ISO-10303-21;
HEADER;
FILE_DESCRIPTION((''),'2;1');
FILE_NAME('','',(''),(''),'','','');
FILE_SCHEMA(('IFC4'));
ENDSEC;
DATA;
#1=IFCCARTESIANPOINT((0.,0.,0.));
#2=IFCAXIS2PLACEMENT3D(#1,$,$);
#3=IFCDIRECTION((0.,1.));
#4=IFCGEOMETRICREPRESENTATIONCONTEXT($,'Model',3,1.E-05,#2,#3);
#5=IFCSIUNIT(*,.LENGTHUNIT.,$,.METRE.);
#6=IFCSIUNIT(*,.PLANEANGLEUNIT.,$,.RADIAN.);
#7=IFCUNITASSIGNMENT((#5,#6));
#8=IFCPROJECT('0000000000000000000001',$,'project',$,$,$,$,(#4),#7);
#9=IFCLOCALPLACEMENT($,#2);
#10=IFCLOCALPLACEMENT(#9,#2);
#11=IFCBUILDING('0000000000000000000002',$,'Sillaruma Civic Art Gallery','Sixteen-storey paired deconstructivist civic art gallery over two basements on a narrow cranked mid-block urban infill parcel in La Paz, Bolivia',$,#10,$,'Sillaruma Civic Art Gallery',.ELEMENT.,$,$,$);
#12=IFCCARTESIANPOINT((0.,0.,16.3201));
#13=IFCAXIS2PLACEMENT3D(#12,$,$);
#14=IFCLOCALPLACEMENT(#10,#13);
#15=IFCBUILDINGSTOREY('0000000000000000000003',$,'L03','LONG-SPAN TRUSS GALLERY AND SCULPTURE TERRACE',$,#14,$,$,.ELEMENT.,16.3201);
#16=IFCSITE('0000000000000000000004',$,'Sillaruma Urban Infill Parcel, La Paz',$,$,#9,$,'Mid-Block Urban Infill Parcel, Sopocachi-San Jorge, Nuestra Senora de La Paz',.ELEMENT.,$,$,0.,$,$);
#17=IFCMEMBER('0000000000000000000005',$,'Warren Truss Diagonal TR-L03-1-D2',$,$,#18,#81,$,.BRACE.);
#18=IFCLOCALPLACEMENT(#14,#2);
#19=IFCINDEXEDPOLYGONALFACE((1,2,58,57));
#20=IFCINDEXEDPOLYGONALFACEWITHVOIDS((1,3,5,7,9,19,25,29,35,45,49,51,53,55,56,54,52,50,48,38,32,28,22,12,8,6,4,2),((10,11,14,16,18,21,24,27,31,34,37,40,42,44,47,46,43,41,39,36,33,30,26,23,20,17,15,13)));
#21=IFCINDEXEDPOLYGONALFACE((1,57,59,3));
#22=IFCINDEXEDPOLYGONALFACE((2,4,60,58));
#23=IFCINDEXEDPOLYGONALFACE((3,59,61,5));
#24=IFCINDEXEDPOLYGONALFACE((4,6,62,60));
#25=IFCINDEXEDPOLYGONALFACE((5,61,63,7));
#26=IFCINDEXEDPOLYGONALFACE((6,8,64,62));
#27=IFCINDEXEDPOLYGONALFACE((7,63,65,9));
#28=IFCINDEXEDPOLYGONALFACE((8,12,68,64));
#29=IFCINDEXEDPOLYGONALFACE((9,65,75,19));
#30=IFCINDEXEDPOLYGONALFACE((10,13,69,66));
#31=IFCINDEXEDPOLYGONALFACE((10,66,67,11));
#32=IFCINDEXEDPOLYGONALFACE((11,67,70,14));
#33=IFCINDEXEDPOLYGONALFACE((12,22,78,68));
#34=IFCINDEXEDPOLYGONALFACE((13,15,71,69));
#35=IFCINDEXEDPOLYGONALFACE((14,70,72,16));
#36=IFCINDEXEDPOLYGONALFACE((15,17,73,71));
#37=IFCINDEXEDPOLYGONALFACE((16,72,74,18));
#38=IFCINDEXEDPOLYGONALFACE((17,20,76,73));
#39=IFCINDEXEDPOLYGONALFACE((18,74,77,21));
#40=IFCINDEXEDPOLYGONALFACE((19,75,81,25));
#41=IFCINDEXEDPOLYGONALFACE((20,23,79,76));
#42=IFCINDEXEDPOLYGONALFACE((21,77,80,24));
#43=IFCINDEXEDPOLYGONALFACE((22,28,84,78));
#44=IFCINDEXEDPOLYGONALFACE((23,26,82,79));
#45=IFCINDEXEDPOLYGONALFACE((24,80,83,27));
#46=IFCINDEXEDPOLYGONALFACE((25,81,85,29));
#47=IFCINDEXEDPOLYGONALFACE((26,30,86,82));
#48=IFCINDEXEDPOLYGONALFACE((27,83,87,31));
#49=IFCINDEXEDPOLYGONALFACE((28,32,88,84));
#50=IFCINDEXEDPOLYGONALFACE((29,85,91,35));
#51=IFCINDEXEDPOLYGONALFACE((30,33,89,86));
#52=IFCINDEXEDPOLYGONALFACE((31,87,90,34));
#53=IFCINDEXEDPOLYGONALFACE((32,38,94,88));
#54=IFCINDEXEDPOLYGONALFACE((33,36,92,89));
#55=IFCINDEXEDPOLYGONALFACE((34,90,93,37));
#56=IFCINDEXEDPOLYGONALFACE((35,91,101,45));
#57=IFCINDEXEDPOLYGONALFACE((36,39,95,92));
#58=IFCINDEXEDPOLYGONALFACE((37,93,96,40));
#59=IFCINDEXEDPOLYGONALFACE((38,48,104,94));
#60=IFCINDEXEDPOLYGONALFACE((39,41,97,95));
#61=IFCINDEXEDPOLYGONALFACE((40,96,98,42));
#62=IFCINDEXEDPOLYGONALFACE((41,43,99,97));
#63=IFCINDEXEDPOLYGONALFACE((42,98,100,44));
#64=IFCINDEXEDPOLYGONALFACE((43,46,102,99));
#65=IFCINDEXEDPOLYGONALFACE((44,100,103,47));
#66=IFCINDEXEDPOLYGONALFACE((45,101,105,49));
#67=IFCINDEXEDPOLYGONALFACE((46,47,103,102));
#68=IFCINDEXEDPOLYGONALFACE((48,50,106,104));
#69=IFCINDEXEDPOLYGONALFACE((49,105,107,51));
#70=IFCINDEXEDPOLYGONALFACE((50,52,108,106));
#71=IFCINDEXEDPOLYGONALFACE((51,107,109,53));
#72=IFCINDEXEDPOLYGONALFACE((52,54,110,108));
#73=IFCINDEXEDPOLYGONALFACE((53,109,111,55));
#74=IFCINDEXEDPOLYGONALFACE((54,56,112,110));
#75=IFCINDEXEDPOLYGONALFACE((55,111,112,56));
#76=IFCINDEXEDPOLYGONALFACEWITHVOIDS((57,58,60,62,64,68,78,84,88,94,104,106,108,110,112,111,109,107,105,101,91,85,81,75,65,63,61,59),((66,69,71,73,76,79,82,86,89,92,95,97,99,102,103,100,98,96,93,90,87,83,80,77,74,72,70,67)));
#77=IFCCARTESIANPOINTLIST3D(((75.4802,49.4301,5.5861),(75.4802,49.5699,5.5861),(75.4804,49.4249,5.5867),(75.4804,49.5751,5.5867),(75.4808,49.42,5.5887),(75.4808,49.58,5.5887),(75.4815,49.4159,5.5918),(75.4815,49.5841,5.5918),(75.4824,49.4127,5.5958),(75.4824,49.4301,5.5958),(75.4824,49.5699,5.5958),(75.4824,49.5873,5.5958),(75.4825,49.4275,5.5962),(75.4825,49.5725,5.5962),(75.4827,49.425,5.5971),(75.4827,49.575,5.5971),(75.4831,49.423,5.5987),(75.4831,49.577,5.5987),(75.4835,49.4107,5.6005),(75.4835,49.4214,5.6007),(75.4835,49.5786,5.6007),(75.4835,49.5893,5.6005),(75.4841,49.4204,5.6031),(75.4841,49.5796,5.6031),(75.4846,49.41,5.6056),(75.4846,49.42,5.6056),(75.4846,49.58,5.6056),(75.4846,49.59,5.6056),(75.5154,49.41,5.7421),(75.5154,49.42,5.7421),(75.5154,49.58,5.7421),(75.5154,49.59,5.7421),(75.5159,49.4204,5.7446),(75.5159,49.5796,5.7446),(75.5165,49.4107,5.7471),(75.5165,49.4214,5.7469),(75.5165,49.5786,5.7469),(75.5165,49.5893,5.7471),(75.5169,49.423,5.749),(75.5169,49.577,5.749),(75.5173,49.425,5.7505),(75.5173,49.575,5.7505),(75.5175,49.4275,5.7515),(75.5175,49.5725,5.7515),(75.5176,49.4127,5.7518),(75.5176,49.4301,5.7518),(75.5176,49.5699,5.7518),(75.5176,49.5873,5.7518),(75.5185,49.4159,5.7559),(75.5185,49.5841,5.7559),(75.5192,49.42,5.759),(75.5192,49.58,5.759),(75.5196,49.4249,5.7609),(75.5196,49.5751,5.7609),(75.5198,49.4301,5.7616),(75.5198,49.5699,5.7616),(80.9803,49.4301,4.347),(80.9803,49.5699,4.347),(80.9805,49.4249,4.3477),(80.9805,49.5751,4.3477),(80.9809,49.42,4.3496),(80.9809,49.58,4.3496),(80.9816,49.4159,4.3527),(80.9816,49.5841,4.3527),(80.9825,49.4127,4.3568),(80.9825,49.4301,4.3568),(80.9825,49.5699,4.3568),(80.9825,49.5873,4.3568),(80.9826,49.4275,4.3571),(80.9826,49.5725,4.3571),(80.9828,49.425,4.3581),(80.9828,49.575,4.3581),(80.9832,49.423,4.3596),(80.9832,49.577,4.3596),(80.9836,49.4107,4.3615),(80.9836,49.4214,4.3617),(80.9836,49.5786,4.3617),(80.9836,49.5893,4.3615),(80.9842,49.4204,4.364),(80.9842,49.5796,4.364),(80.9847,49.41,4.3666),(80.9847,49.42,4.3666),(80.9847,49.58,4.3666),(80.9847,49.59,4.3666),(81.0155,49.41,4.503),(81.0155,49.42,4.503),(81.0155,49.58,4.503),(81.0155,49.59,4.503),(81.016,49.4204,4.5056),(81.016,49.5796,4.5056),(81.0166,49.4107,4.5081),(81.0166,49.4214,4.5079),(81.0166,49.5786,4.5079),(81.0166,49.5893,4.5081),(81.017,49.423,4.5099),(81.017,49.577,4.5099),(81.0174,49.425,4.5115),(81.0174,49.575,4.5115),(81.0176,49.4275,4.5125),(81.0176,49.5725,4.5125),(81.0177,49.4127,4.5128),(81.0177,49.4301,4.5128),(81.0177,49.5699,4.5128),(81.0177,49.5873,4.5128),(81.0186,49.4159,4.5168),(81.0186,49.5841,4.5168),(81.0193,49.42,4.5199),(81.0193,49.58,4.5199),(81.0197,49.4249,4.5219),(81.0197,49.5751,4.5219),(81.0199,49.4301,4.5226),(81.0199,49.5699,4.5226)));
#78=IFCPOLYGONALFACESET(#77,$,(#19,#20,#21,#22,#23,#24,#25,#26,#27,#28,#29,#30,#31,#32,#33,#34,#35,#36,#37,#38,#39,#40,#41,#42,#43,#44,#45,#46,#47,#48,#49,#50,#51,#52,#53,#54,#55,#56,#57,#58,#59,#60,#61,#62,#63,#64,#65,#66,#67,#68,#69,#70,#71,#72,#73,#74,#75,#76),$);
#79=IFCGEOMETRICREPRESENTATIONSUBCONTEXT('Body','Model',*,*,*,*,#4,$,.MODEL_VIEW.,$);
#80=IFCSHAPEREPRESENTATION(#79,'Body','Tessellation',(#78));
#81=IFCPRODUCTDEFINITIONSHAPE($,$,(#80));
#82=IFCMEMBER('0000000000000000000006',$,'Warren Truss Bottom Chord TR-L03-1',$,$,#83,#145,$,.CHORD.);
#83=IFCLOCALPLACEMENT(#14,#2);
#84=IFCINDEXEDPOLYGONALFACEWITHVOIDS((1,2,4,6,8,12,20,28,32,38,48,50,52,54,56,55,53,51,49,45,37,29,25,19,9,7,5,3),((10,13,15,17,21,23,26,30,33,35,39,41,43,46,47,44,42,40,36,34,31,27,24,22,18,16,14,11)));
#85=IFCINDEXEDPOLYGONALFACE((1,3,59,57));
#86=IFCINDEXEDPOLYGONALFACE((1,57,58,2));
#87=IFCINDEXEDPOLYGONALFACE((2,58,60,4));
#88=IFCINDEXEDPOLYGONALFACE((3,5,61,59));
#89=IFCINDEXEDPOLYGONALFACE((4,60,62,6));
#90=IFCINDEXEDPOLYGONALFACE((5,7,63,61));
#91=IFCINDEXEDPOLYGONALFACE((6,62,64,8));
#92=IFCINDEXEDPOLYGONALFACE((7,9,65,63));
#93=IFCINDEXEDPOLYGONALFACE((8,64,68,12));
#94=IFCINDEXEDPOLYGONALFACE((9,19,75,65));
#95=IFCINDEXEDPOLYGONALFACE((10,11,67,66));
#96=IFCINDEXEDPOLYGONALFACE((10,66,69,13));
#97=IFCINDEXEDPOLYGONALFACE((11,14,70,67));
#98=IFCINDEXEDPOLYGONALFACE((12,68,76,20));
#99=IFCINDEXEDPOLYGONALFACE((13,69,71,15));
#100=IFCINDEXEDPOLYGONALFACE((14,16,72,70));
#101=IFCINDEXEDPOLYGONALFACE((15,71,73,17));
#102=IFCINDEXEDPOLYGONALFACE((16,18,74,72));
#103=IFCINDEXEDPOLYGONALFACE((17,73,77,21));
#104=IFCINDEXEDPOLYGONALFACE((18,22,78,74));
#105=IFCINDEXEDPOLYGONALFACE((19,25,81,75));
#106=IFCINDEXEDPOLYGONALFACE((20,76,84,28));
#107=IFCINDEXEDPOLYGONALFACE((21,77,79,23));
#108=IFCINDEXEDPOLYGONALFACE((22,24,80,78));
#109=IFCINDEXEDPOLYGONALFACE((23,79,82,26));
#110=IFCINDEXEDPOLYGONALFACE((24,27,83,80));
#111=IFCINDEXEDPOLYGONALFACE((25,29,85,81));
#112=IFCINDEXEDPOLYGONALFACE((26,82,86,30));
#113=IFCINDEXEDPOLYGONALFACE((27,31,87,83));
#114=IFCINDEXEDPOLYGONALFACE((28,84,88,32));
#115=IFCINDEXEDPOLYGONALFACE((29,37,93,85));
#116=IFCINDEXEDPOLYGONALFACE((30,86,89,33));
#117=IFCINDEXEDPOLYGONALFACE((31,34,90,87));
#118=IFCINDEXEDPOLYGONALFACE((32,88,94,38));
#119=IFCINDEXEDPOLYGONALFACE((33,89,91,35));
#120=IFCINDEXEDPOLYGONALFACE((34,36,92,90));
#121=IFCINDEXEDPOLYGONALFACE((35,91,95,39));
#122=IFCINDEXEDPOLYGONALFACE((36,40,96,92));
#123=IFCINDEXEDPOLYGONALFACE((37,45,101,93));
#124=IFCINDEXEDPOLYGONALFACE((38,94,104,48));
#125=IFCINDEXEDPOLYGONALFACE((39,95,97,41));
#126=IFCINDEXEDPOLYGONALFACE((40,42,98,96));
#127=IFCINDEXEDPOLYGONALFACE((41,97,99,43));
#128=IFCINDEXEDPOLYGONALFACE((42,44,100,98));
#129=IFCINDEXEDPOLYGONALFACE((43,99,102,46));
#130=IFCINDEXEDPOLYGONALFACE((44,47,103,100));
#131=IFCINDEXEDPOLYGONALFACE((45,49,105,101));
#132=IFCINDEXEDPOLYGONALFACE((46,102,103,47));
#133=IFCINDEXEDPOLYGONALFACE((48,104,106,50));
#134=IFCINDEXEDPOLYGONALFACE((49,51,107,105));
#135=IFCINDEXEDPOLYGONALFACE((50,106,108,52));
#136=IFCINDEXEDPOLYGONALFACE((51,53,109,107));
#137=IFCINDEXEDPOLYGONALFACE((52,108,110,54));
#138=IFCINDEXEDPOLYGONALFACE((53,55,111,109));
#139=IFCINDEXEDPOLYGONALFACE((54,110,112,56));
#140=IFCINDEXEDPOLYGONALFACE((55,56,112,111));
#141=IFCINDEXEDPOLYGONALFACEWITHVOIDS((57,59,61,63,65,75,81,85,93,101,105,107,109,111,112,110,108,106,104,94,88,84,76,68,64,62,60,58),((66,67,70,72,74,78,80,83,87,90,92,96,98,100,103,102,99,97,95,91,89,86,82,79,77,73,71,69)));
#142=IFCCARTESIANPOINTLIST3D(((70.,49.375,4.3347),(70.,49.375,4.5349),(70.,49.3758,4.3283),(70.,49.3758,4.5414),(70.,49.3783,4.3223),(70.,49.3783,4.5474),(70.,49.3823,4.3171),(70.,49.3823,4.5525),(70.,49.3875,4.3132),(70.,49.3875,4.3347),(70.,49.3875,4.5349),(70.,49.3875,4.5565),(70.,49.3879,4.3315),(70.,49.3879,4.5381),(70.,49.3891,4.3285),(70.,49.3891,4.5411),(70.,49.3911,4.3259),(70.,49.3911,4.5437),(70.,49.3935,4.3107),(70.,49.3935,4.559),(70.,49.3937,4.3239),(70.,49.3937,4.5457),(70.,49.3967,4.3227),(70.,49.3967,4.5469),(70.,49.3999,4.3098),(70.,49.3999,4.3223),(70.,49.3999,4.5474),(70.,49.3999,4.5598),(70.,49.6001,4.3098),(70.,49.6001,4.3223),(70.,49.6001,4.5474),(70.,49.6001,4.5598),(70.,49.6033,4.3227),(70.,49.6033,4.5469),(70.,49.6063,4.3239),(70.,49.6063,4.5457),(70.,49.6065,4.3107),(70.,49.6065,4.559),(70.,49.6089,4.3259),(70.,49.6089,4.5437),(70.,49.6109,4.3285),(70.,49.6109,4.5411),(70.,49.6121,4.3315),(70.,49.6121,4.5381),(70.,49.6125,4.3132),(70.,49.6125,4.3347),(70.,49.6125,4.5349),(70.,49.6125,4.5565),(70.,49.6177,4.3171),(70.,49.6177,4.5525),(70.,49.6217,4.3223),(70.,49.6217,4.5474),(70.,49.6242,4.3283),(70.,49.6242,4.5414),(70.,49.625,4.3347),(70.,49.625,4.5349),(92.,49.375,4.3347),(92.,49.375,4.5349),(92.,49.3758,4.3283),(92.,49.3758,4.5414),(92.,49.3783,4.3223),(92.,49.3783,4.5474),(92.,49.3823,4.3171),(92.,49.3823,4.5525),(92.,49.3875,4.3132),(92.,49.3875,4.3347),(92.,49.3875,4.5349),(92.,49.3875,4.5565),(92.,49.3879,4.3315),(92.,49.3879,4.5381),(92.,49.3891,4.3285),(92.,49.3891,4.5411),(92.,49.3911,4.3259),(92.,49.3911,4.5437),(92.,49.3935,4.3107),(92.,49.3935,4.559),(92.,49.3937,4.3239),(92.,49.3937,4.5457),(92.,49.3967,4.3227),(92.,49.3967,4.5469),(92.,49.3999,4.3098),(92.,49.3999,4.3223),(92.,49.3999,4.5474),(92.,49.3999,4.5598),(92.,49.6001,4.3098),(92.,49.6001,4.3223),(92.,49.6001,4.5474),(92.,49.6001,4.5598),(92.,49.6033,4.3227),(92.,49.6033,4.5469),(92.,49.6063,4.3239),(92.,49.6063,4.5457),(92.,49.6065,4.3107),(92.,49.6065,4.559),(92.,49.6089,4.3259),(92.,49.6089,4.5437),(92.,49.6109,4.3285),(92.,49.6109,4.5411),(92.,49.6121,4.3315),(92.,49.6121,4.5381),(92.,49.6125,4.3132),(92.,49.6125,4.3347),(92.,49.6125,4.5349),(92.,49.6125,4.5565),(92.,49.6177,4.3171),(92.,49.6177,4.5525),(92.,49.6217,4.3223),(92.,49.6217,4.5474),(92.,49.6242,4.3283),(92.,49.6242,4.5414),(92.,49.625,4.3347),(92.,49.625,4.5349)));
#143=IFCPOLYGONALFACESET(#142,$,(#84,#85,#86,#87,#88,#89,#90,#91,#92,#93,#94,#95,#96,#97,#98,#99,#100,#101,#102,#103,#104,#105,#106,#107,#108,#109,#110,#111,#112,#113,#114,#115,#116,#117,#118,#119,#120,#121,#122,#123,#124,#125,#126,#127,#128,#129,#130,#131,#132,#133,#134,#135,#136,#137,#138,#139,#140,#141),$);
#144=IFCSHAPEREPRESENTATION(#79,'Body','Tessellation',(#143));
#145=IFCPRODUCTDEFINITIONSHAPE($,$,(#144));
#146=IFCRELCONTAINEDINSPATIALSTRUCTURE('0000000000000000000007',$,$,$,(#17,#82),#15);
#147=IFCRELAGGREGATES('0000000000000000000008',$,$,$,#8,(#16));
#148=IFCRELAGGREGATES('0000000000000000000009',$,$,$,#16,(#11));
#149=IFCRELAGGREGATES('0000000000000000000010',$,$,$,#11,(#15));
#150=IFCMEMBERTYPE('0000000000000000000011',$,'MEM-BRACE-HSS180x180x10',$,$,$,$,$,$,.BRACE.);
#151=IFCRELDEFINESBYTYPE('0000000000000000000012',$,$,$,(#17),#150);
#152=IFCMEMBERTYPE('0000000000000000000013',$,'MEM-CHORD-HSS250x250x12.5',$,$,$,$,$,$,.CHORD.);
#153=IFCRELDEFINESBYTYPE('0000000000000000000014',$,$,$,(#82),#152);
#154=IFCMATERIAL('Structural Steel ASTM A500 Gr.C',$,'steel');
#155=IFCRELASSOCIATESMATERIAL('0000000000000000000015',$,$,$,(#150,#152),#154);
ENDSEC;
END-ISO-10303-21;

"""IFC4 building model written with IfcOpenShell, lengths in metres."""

from ifc_helpers import new_model, si_unit, direction, frame, origin, origin_2d, place, context, subcontext, project, spatial, hollow_rectangle, extrude, material, material_profile, profile_set, type_object, element, save


model = new_model("IFC4")

# Units and contexts
model_context = context("Model", 3, precision=1e-05, world=origin(), true_north=direction((0.0, 1.0)))
body_context = subcontext(model_context, "Body", "Model", "MODEL_VIEW")
ifc_project = project(units=[si_unit("LENGTHUNIT", "METRE"), si_unit("PLANEANGLEUNIT", "RADIAN")], contexts=[model_context])

# Site, building, storey
site_placement = place(None, origin())
site = spatial("IfcSite", under=ifc_project, at=site_placement, Name="Sillaruma Urban Infill Parcel, La Paz", LongName="Mid-Block Urban Infill Parcel, Sopocachi-San Jorge, Nuestra Senora de La Paz", CompositionType="ELEMENT", RefElevation=0.0)
building_placement = place(site_placement, origin())
building = spatial("IfcBuilding", under=site, at=building_placement, Name="Sillaruma Civic Art Gallery", Description="Sixteen-storey paired deconstructivist civic art gallery over two basements on a narrow cranked mid-block urban infill parcel in La Paz, Bolivia", LongName="Sillaruma Civic Art Gallery", CompositionType="ELEMENT")
storey_placement = place(building_placement, frame((0.0, 0.0, 16.3201)))
storey = spatial("IfcBuildingStorey", under=building, at=storey_placement, Name="L03", Description="LONG-SPAN TRUSS GALLERY AND SCULPTURE TERRACE", CompositionType="ELEMENT", Elevation=16.3201)

# Members
ifc_material_1 = material(Name="Structural Steel ASTM A500 Gr.C", Category="steel")
ifc_material_profile_1 = material_profile(ifc_material_1, hollow_rectangle(XDim=0.1799, YDim=0.1799, WallThickness=0.01, InnerFilletRadius=0.01, OuterFilletRadius=0.02, at=origin_2d()), Name="HSS180x180x10")
ifc_profile_set_1 = profile_set([ifc_material_profile_1], Name="Structural Steel ASTM A500 Gr.C")
member_type_1 = type_object("IfcMemberType", Name="MEM-BRACE-HSS180x180x10", PredefinedType="BRACE", material=ifc_profile_set_1)
for number, where, z_axis, x_axis, name in (
    (1, (75.5, 49.5, 5.6738), (0.975552, 0.0, -0.219768), (0.0, 1.0, 0.0), "Warren Truss Diagonal TR-L03-1-D2"),
):
    element("IfcMember", number, at=place(storey_placement, frame(where, z_axis=z_axis, x_axis=x_axis)), inside=storey, type_object=member_type_1, Name=name, PredefinedType="BRACE", context=body_context, shape_type="SweptSolid", body=[
        extrude(hollow_rectangle(XDim=0.1799, YDim=0.1799, WallThickness=0.01, InnerFilletRadius=0.01, OuterFilletRadius=0.02, at=origin_2d()), origin(), (0.0, 0.0, 1.0), 5.6379),
    ])
ifc_material_profile_2 = material_profile(ifc_material_1, hollow_rectangle(XDim=0.25, YDim=0.25, WallThickness=0.0125, InnerFilletRadius=0.0125, OuterFilletRadius=0.0249, at=origin_2d()), Name="HSS250x250x12.5")
ifc_profile_set_2 = profile_set([ifc_material_profile_2], Name="Structural Steel ASTM A500 Gr.C")
member_type_2 = type_object("IfcMemberType", Name="MEM-CHORD-HSS250x250x12.5", PredefinedType="CHORD", material=ifc_profile_set_2)
member_1_placement = place(storey_placement, frame((70.0, 49.5, 4.4348), z_axis=(1.0, 0.0, 0.0), x_axis=(0.0, 1.0, 0.0)))
element("IfcMember", 2, at=member_1_placement, inside=storey, type_object=member_type_2, Name="Warren Truss Bottom Chord TR-L03-1", PredefinedType="CHORD", context=body_context, shape_type="SweptSolid", body=[
    extrude(hollow_rectangle(XDim=0.25, YDim=0.25, WallThickness=0.0125, InnerFilletRadius=0.0125, OuterFilletRadius=0.0249, at=origin_2d()), origin(), (0.0, 0.0, 1.0), 22.0),
])

save(model, "model.ifc")
